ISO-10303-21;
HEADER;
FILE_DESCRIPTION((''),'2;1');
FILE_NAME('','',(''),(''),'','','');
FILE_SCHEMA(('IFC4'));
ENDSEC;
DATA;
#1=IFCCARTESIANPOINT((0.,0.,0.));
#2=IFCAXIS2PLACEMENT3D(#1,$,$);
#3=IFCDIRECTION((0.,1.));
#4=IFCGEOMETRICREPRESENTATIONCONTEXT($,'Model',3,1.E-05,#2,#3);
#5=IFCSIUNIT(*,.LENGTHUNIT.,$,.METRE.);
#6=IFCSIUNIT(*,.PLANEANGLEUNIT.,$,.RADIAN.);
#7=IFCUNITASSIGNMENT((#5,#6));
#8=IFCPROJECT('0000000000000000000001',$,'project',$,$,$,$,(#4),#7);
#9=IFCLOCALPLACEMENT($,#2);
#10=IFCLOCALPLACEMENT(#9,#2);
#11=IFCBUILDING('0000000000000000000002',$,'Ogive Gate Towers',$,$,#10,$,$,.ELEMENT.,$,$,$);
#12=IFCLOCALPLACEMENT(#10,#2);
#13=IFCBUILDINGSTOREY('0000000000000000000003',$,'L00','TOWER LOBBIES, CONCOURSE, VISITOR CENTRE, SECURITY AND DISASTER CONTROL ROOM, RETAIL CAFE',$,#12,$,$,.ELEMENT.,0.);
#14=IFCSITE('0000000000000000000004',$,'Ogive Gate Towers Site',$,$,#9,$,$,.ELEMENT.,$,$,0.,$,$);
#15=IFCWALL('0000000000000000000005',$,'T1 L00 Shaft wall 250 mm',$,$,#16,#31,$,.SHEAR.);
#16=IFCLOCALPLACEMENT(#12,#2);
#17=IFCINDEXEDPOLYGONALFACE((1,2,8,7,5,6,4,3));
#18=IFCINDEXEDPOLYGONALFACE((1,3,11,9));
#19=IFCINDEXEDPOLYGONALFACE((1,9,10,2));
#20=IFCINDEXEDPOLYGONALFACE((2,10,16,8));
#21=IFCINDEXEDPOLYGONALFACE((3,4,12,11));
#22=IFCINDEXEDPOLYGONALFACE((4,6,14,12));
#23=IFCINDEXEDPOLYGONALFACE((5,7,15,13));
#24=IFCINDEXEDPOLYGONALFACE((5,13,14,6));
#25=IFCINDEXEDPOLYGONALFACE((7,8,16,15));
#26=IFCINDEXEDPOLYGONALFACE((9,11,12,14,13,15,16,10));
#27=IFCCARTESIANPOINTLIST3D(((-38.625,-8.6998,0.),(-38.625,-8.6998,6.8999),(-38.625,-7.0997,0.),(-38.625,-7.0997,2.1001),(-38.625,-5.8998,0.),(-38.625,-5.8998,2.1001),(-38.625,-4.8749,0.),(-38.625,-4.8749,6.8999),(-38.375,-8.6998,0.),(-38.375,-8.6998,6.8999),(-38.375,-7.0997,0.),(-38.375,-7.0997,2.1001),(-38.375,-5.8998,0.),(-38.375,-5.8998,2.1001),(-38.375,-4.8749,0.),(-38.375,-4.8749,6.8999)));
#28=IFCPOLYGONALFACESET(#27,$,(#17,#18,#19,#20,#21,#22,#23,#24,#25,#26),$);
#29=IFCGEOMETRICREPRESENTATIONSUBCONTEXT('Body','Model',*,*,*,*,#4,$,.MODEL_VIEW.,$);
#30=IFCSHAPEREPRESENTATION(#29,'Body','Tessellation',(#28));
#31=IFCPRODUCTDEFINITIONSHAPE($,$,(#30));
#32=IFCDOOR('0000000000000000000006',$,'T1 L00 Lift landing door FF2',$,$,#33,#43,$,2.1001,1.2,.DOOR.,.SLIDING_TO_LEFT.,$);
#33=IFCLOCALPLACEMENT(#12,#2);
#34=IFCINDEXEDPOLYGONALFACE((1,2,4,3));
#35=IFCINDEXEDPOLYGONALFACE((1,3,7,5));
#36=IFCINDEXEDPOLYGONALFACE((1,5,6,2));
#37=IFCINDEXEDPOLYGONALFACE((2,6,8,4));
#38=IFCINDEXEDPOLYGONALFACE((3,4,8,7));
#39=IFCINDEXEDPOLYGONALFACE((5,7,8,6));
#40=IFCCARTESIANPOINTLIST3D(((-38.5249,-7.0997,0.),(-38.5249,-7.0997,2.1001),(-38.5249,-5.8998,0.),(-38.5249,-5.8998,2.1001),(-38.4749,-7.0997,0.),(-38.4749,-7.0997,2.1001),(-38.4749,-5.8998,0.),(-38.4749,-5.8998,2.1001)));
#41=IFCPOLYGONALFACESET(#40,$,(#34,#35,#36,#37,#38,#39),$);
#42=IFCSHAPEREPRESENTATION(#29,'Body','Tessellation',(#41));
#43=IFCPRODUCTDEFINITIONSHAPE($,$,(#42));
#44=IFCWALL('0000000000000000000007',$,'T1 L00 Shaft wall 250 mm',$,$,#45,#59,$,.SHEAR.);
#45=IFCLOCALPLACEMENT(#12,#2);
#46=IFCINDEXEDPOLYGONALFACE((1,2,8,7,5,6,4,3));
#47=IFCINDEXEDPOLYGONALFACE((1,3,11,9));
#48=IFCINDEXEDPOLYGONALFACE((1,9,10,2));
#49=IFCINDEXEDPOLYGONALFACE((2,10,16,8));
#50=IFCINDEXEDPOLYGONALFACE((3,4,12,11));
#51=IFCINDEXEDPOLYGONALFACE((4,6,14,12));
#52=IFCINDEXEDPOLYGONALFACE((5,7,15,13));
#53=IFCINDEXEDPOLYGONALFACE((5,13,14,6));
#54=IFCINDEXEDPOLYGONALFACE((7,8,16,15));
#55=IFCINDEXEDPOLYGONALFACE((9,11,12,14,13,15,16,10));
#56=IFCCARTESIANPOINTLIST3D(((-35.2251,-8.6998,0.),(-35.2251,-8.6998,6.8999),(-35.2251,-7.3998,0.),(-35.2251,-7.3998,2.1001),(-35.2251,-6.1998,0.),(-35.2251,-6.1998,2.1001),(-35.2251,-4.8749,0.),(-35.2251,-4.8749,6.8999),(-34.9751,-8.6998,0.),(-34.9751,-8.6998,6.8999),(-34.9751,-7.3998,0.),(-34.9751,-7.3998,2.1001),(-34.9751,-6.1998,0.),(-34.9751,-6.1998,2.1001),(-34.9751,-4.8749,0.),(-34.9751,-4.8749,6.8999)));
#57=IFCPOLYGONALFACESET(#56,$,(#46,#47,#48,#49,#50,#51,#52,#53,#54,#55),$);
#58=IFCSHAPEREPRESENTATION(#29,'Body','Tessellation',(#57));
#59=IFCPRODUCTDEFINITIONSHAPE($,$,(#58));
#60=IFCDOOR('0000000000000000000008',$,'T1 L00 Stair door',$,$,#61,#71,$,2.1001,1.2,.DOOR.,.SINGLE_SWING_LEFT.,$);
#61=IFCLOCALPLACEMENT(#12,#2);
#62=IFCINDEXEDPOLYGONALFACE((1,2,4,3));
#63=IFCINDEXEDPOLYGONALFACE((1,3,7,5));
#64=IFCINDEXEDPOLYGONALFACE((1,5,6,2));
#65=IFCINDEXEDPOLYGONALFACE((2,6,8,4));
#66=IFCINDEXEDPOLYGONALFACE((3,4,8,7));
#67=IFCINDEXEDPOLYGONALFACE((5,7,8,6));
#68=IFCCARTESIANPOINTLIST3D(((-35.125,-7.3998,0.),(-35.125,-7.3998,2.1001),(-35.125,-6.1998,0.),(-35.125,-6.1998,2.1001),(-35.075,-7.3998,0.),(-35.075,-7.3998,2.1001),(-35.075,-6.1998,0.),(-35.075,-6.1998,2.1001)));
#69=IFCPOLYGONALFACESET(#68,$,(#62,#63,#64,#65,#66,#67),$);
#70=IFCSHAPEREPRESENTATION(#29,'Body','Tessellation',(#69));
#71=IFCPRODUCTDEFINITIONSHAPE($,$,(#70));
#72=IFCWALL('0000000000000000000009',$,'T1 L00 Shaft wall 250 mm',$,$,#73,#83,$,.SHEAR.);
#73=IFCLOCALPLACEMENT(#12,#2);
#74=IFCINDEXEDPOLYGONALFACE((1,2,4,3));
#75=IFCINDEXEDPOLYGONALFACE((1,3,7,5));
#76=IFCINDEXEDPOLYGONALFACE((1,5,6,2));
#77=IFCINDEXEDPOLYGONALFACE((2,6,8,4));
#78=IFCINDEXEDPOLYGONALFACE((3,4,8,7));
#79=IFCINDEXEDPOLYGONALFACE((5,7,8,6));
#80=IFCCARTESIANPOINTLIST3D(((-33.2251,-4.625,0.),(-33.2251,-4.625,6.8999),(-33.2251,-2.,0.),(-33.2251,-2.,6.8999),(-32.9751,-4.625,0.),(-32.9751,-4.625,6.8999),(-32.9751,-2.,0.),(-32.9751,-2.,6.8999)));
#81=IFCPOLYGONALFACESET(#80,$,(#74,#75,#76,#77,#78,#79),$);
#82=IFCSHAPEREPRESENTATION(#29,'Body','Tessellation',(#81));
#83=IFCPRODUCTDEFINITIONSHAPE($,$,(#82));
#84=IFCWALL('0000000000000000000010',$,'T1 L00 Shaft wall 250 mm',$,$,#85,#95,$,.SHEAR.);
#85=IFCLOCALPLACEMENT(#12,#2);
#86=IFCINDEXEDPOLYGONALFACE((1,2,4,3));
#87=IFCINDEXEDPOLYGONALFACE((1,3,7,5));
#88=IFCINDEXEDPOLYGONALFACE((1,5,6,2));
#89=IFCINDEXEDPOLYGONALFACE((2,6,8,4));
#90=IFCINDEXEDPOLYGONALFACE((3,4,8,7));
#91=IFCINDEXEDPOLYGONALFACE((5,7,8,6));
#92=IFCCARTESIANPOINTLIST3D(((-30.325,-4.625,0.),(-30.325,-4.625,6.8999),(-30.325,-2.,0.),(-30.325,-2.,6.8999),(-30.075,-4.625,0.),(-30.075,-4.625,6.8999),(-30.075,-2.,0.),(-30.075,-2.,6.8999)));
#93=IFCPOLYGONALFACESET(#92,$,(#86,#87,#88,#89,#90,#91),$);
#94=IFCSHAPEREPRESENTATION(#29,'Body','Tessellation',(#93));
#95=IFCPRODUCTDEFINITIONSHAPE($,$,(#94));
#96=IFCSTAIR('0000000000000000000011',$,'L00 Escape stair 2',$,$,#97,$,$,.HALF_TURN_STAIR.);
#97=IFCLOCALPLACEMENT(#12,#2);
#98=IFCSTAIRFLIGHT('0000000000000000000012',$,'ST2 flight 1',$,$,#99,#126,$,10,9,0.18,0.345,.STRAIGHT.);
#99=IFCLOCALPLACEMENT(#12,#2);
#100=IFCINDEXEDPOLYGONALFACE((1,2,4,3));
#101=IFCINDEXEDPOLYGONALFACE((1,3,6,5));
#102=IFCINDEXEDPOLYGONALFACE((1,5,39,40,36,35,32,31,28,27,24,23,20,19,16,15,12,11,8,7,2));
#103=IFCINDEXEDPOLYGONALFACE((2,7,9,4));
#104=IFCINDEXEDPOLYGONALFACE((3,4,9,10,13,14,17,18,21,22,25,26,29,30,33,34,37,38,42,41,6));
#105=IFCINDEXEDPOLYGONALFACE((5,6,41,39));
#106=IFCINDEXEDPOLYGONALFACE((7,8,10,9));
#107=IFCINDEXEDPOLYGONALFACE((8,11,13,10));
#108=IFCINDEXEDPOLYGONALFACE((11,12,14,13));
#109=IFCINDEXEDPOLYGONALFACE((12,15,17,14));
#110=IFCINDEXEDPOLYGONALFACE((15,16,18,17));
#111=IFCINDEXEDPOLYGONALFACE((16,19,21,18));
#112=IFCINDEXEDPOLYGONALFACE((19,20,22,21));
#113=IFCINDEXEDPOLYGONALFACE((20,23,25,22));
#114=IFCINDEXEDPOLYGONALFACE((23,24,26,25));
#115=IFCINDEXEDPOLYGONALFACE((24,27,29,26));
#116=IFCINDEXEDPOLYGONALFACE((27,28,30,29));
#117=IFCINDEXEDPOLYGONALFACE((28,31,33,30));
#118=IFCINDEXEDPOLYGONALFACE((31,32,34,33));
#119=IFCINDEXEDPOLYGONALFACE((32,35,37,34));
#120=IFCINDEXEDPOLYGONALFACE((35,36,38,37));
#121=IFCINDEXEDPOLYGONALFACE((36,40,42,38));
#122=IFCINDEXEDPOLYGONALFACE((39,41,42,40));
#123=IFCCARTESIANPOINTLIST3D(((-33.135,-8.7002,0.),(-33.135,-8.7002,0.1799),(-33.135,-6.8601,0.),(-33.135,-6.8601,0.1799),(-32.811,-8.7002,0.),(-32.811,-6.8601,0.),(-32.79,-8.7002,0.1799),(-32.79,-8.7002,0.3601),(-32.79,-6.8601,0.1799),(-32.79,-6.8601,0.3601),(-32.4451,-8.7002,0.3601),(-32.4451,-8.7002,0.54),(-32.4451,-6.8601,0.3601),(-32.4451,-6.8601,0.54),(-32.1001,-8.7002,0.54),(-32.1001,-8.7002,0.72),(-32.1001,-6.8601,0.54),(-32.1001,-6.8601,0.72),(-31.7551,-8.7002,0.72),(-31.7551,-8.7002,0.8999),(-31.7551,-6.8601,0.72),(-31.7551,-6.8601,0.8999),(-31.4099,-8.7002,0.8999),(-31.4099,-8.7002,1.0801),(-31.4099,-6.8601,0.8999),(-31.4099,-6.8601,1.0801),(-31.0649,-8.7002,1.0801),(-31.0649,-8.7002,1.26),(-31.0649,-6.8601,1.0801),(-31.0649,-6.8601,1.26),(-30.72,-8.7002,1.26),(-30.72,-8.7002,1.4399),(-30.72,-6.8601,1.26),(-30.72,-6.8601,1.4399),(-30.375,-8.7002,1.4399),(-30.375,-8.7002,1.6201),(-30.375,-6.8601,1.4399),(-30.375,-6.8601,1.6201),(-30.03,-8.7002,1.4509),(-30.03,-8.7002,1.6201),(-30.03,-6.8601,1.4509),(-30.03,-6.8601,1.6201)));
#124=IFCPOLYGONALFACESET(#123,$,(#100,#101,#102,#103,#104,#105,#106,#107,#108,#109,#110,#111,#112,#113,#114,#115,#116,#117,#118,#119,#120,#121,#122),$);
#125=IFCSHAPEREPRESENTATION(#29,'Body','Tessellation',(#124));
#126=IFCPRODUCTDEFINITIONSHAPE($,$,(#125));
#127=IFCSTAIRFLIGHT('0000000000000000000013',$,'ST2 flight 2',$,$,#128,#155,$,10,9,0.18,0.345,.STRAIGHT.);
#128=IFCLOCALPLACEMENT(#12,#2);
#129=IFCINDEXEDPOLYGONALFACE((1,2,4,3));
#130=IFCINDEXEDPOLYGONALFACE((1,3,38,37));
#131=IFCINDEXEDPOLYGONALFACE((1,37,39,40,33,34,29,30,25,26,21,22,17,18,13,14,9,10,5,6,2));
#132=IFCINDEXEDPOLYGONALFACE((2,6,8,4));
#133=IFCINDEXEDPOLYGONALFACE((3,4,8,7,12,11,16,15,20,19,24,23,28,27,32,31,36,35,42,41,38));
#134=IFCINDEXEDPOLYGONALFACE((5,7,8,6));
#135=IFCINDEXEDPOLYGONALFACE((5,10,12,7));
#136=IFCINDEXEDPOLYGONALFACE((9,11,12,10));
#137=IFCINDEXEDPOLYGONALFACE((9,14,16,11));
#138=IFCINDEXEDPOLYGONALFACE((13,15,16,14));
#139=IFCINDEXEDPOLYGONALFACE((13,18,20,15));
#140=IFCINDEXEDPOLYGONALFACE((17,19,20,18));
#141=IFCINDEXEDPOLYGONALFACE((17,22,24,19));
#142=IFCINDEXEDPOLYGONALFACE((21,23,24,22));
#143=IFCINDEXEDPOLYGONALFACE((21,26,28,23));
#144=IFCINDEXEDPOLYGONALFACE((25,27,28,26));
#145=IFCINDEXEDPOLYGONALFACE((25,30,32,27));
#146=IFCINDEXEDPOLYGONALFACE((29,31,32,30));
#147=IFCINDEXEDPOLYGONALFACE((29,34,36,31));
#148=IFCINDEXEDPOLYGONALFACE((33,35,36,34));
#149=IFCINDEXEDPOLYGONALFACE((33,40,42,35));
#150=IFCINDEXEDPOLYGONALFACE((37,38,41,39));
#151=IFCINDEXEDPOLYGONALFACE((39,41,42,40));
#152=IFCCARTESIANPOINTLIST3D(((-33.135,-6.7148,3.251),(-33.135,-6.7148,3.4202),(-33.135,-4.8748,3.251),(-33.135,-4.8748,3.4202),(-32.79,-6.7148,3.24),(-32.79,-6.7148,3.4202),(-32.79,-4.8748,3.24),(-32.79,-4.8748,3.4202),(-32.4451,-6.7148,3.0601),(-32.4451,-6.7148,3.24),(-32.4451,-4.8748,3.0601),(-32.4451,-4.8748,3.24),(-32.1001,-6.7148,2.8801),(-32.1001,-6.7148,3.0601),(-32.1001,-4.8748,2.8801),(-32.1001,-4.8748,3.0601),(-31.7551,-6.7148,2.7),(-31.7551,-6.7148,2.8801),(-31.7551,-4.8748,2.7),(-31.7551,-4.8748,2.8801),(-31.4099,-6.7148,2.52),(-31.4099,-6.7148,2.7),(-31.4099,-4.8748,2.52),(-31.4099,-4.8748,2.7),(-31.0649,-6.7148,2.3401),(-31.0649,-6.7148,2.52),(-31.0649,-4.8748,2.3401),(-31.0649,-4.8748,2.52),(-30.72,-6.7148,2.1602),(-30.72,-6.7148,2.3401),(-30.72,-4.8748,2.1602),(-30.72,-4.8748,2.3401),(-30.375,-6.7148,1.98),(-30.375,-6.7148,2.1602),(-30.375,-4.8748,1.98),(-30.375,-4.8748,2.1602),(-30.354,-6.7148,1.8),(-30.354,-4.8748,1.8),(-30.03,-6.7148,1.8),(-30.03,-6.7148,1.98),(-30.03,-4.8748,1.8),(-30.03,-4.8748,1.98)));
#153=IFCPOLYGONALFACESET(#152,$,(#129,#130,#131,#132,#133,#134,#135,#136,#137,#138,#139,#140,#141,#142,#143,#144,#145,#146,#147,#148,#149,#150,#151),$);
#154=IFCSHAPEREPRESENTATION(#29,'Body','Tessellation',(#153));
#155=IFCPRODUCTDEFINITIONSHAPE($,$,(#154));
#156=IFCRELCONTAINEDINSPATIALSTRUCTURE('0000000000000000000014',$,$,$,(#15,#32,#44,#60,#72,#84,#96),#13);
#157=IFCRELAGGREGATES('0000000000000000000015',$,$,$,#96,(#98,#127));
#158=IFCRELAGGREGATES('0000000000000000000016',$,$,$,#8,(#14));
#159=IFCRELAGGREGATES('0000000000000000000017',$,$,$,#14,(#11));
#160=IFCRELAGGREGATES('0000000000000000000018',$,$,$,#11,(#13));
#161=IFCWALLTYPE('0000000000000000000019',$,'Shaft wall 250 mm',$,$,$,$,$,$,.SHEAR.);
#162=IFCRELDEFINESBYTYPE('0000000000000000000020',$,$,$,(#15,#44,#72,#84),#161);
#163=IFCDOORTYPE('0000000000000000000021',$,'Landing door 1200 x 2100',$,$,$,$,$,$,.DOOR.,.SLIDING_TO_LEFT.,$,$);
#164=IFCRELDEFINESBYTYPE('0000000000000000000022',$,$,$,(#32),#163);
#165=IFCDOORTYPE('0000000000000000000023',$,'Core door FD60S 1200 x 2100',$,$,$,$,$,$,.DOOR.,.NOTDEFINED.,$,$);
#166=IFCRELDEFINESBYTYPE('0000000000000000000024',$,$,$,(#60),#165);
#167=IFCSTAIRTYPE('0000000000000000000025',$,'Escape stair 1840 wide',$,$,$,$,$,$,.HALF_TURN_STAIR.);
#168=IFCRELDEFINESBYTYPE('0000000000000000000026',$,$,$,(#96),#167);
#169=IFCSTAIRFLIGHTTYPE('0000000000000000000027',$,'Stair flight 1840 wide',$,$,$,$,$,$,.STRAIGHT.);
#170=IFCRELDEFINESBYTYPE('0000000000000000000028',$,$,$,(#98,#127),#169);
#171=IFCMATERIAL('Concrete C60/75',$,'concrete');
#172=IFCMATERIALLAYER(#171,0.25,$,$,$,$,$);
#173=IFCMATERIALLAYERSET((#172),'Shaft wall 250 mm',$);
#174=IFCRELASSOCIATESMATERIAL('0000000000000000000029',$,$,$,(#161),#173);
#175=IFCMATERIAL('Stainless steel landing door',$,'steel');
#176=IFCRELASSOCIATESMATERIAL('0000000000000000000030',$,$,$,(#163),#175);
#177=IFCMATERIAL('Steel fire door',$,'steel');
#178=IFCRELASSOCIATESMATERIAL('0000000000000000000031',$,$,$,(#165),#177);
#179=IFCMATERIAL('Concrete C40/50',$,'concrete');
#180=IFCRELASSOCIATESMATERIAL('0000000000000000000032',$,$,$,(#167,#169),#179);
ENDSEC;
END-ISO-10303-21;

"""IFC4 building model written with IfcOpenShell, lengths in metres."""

from ifc_helpers import new_model, si_unit, direction, frame, frame_2d, origin, place, context, subcontext, project, spatial, polyline, rectangle, outline, extrude, material, layer, layer_set, type_object, element, fill, aggregate, save


model = new_model("IFC4")

# Units and contexts
model_context = context("Model", 3, precision=1e-05, world=origin(), true_north=direction((0.0, 1.0)))
body_context = subcontext(model_context, "Body", "Model", "MODEL_VIEW")
ifc_project = project(units=[si_unit("LENGTHUNIT", "METRE"), si_unit("PLANEANGLEUNIT", "RADIAN")], contexts=[model_context])

# Site, building, storey
site_placement = place(None, origin())
site = spatial("IfcSite", under=ifc_project, at=site_placement, Name="Ogive Gate Towers Site", CompositionType="ELEMENT", RefElevation=0.0)
building_placement = place(site_placement, origin())
building = spatial("IfcBuilding", under=site, at=building_placement, Name="Ogive Gate Towers", CompositionType="ELEMENT")
storey_placement = place(building_placement, origin())
storey = spatial("IfcBuildingStorey", under=building, at=storey_placement, Name="L00", Description="TOWER LOBBIES, CONCOURSE, VISITOR CENTRE, SECURITY AND DISASTER CONTROL ROOM, RETAIL CAFE", CompositionType="ELEMENT", Elevation=0.0)

# Shared definitions
ifc_material_1 = material(Name="Concrete C40/50", Category="concrete")

# Shared definitions
ifc_material_2 = material(Name="Concrete C60/75", Category="concrete")
ifc_material_3 = material(Name="Steel fire door", Category="steel")

# Shared definitions
ifc_layer_1 = layer(ifc_material_2, 0.25)
ifc_layer_set_1 = layer_set([ifc_layer_1], Name="Shaft wall 250 mm")
wall_type_1 = type_object("IfcWallType", Name="Shaft wall 250 mm", PredefinedType="SHEAR", material=ifc_layer_set_1)

# Walls, openings, doors
wall_1_placement = place(storey_placement, frame((-38.5, -8.7, 0.0), z_axis=(0.0, 0.0, 1.0), x_axis=(0.0, 1.0, 0.0)))
wall_1 = element("IfcWall", 1, at=wall_1_placement, inside=storey, type_object=wall_type_1, Name="T1 L00 Shaft wall 250 mm", PredefinedType="SHEAR", context=body_context, shape_type="SweptSolid", body=[
    extrude(rectangle(XDim=3.825, YDim=0.25, at=frame_2d((1.9126, 0.0))), origin(), (0.0, 0.0, 1.0), 6.8999),
])
opening_1_placement = place(wall_1_placement, frame((1.6001, 0.0, 0.0)))
opening_1 = element("IfcOpeningElement", 2, at=opening_1_placement, cuts=wall_1, PredefinedType="OPENING", context=body_context, shape_type="SweptSolid", body=[
    extrude(rectangle(XDim=1.2, YDim=2.1001, at=frame_2d((0.6001, 1.05))), frame((0.0, 0.135, 0.0), z_axis=(0.0, -1.0, 0.0), x_axis=(1.0, 0.0, 0.0)), (0.0, 0.0, 1.0), 0.27),
])
ifc_material_4 = material(Name="Stainless steel landing door", Category="steel")
door_type_1 = type_object("IfcDoorType", Name="Landing door 1200 x 2100", OperationType="SLIDING_TO_LEFT", PredefinedType="DOOR", material=ifc_material_4)
door_1_placement = place(opening_1_placement, origin())
door_1 = element("IfcDoor", 3, at=door_1_placement, inside=storey, type_object=door_type_1, Name="T1 L00 Lift landing door FF2", OperationType="SLIDING_TO_LEFT", OverallHeight=2.1001, OverallWidth=1.2, PredefinedType="DOOR", context=body_context, shape_type="SweptSolid", body=[
    extrude(rectangle(XDim=1.2, YDim=2.1001, at=frame_2d((0.6001, 1.05))), frame((0.0, 0.0249, 0.0), z_axis=(0.0, -1.0, 0.0), x_axis=(1.0, 0.0, 0.0)), (0.0, 0.0, 1.0), 0.05),
])
fill(opening_1, door_1)
wall_2_placement = place(storey_placement, frame((-35.1001, -8.7, 0.0), z_axis=(0.0, 0.0, 1.0), x_axis=(0.0, 1.0, 0.0)))
wall_2 = element("IfcWall", 4, at=wall_2_placement, inside=storey, type_object=wall_type_1, Name="T1 L00 Shaft wall 250 mm", PredefinedType="SHEAR", context=body_context, shape_type="SweptSolid", body=[
    extrude(rectangle(XDim=3.825, YDim=0.25, at=frame_2d((1.9126, 0.0))), origin(), (0.0, 0.0, 1.0), 6.8999),
])
opening_2_placement = place(wall_2_placement, frame((1.3, 0.0, 0.0)))
opening_2 = element("IfcOpeningElement", 5, at=opening_2_placement, cuts=wall_2, PredefinedType="OPENING", context=body_context, shape_type="SweptSolid", body=[
    extrude(rectangle(XDim=1.2, YDim=2.1001, at=frame_2d((0.6001, 1.05))), frame((0.0, 0.135, 0.0), z_axis=(0.0, -1.0, 0.0), x_axis=(1.0, 0.0, 0.0)), (0.0, 0.0, 1.0), 0.27),
])
door_type_2 = type_object("IfcDoorType", Name="Core door FD60S 1200 x 2100", OperationType="NOTDEFINED", PredefinedType="DOOR", material=ifc_material_3)
door_2_placement = place(opening_2_placement, origin())
door_2 = element("IfcDoor", 6, at=door_2_placement, inside=storey, type_object=door_type_2, Name="T1 L00 Stair door", OperationType="SINGLE_SWING_LEFT", OverallHeight=2.1001, OverallWidth=1.2, PredefinedType="DOOR", context=body_context, shape_type="SweptSolid", body=[
    extrude(rectangle(XDim=1.2, YDim=2.1001, at=frame_2d((0.6001, 1.05))), frame((0.0, 0.0249, 0.0), z_axis=(0.0, -1.0, 0.0), x_axis=(1.0, 0.0, 0.0)), (0.0, 0.0, 1.0), 0.05),
])
fill(opening_2, door_2)

# Walls
for number, where, z_axis, x_axis, name in (
    (7, (-33.1001, -4.625, 0.0), (0.0, 0.0, 1.0), (0.0, 1.0, 0.0), "T1 L00 Shaft wall 250 mm"),
    (8, (-30.2, -4.625, 0.0), (0.0, 0.0, 1.0), (0.0, 1.0, 0.0), "T1 L00 Shaft wall 250 mm"),
):
    element("IfcWall", number, at=place(storey_placement, frame(where, z_axis=z_axis, x_axis=x_axis)), inside=storey, type_object=wall_type_1, Name=name, PredefinedType="SHEAR", context=body_context, shape_type="SweptSolid", body=[
        extrude(rectangle(XDim=2.625, YDim=0.25, at=frame_2d((1.3125, 0.0))), origin(), (0.0, 0.0, 1.0), 6.8999),
    ])

# Stair, stair flights
stair_type = type_object("IfcStairType", Name="Escape stair 1840 wide", PredefinedType="HALF_TURN_STAIR", material=ifc_material_1)
stair_placement = place(storey_placement, origin())
stair = element("IfcStair", 9, at=stair_placement, inside=storey, type_object=stair_type, Name="L00 Escape stair 2", PredefinedType="HALF_TURN_STAIR")
stair_flight_type = type_object("IfcStairFlightType", Name="Stair flight 1840 wide", PredefinedType="STRAIGHT", material=ifc_material_1)
stair_flight_1_placement = place(storey_placement, frame((-33.135, -7.78, 0.0), z_axis=(0.0, 0.0, 1.0), x_axis=(1.0, 0.0, 0.0)))
stair_flight_1 = element("IfcStairFlight", 10, at=stair_flight_1_placement, type_object=stair_flight_type, Name="ST2 flight 1", NumberOfRisers=10, NumberOfTreads=9, PredefinedType="STRAIGHT", RiserHeight=0.18, TreadLength=0.345, context=body_context, shape_type="SweptSolid", body=[
    extrude(outline(polyline([(0.0, 0.0), (0.0, 0.1799), (0.345, 0.1799), (0.345, 0.3601), (0.6899, 0.3601), (0.6899, 0.54), (1.0349, 0.54), (1.0349, 0.72), (1.3799, 0.72), (1.3799, 0.8999), (1.7251, 0.8999), (1.7251, 1.0801), (2.0701, 1.0801), (2.0701, 1.26), (2.415, 1.26), (2.415, 1.4399), (2.76, 1.4399), (2.76, 1.6201), (3.105, 1.6201), (3.105, 1.8), (3.105, 1.4509), (0.324, 0.0), (0.0, 0.0)])), frame((0.0, 0.9199, 0.0), z_axis=(0.0, -1.0, 0.0), x_axis=(1.0, 0.0, 0.0)), (0.0, 0.0, 1.0), 1.8401),
])
stair_flight_2_placement = place(storey_placement, frame((-30.03, -5.7949, 1.8), z_axis=(0.0, 0.0, 1.0), x_axis=(-1.0, 0.0, 0.0)))
stair_flight_2 = element("IfcStairFlight", 11, at=stair_flight_2_placement, type_object=stair_flight_type, Name="ST2 flight 2", NumberOfRisers=10, NumberOfTreads=9, PredefinedType="STRAIGHT", RiserHeight=0.18, TreadLength=0.345, context=body_context, shape_type="SweptSolid", body=[
    extrude(outline(polyline([(0.0, 0.0), (0.0, 0.1799), (0.345, 0.1799), (0.345, 0.3601), (0.6899, 0.3601), (0.6899, 0.54), (1.0349, 0.54), (1.0349, 0.72), (1.3799, 0.72), (1.3799, 0.8999), (1.7251, 0.8999), (1.7251, 1.0801), (2.0701, 1.0801), (2.0701, 1.26), (2.415, 1.26), (2.415, 1.4399), (2.76, 1.4399), (2.76, 1.6201), (3.105, 1.6201), (3.105, 1.8), (3.105, 1.4509), (0.324, 0.0), (0.0, 0.0)])), frame((0.0, 0.9199, 0.0), z_axis=(0.0, -1.0, 0.0), x_axis=(1.0, 0.0, 0.0)), (0.0, 0.0, 1.0), 1.8401),
])
aggregate(stair, [stair_flight_1, stair_flight_2])

save(model, "model.ifc")
